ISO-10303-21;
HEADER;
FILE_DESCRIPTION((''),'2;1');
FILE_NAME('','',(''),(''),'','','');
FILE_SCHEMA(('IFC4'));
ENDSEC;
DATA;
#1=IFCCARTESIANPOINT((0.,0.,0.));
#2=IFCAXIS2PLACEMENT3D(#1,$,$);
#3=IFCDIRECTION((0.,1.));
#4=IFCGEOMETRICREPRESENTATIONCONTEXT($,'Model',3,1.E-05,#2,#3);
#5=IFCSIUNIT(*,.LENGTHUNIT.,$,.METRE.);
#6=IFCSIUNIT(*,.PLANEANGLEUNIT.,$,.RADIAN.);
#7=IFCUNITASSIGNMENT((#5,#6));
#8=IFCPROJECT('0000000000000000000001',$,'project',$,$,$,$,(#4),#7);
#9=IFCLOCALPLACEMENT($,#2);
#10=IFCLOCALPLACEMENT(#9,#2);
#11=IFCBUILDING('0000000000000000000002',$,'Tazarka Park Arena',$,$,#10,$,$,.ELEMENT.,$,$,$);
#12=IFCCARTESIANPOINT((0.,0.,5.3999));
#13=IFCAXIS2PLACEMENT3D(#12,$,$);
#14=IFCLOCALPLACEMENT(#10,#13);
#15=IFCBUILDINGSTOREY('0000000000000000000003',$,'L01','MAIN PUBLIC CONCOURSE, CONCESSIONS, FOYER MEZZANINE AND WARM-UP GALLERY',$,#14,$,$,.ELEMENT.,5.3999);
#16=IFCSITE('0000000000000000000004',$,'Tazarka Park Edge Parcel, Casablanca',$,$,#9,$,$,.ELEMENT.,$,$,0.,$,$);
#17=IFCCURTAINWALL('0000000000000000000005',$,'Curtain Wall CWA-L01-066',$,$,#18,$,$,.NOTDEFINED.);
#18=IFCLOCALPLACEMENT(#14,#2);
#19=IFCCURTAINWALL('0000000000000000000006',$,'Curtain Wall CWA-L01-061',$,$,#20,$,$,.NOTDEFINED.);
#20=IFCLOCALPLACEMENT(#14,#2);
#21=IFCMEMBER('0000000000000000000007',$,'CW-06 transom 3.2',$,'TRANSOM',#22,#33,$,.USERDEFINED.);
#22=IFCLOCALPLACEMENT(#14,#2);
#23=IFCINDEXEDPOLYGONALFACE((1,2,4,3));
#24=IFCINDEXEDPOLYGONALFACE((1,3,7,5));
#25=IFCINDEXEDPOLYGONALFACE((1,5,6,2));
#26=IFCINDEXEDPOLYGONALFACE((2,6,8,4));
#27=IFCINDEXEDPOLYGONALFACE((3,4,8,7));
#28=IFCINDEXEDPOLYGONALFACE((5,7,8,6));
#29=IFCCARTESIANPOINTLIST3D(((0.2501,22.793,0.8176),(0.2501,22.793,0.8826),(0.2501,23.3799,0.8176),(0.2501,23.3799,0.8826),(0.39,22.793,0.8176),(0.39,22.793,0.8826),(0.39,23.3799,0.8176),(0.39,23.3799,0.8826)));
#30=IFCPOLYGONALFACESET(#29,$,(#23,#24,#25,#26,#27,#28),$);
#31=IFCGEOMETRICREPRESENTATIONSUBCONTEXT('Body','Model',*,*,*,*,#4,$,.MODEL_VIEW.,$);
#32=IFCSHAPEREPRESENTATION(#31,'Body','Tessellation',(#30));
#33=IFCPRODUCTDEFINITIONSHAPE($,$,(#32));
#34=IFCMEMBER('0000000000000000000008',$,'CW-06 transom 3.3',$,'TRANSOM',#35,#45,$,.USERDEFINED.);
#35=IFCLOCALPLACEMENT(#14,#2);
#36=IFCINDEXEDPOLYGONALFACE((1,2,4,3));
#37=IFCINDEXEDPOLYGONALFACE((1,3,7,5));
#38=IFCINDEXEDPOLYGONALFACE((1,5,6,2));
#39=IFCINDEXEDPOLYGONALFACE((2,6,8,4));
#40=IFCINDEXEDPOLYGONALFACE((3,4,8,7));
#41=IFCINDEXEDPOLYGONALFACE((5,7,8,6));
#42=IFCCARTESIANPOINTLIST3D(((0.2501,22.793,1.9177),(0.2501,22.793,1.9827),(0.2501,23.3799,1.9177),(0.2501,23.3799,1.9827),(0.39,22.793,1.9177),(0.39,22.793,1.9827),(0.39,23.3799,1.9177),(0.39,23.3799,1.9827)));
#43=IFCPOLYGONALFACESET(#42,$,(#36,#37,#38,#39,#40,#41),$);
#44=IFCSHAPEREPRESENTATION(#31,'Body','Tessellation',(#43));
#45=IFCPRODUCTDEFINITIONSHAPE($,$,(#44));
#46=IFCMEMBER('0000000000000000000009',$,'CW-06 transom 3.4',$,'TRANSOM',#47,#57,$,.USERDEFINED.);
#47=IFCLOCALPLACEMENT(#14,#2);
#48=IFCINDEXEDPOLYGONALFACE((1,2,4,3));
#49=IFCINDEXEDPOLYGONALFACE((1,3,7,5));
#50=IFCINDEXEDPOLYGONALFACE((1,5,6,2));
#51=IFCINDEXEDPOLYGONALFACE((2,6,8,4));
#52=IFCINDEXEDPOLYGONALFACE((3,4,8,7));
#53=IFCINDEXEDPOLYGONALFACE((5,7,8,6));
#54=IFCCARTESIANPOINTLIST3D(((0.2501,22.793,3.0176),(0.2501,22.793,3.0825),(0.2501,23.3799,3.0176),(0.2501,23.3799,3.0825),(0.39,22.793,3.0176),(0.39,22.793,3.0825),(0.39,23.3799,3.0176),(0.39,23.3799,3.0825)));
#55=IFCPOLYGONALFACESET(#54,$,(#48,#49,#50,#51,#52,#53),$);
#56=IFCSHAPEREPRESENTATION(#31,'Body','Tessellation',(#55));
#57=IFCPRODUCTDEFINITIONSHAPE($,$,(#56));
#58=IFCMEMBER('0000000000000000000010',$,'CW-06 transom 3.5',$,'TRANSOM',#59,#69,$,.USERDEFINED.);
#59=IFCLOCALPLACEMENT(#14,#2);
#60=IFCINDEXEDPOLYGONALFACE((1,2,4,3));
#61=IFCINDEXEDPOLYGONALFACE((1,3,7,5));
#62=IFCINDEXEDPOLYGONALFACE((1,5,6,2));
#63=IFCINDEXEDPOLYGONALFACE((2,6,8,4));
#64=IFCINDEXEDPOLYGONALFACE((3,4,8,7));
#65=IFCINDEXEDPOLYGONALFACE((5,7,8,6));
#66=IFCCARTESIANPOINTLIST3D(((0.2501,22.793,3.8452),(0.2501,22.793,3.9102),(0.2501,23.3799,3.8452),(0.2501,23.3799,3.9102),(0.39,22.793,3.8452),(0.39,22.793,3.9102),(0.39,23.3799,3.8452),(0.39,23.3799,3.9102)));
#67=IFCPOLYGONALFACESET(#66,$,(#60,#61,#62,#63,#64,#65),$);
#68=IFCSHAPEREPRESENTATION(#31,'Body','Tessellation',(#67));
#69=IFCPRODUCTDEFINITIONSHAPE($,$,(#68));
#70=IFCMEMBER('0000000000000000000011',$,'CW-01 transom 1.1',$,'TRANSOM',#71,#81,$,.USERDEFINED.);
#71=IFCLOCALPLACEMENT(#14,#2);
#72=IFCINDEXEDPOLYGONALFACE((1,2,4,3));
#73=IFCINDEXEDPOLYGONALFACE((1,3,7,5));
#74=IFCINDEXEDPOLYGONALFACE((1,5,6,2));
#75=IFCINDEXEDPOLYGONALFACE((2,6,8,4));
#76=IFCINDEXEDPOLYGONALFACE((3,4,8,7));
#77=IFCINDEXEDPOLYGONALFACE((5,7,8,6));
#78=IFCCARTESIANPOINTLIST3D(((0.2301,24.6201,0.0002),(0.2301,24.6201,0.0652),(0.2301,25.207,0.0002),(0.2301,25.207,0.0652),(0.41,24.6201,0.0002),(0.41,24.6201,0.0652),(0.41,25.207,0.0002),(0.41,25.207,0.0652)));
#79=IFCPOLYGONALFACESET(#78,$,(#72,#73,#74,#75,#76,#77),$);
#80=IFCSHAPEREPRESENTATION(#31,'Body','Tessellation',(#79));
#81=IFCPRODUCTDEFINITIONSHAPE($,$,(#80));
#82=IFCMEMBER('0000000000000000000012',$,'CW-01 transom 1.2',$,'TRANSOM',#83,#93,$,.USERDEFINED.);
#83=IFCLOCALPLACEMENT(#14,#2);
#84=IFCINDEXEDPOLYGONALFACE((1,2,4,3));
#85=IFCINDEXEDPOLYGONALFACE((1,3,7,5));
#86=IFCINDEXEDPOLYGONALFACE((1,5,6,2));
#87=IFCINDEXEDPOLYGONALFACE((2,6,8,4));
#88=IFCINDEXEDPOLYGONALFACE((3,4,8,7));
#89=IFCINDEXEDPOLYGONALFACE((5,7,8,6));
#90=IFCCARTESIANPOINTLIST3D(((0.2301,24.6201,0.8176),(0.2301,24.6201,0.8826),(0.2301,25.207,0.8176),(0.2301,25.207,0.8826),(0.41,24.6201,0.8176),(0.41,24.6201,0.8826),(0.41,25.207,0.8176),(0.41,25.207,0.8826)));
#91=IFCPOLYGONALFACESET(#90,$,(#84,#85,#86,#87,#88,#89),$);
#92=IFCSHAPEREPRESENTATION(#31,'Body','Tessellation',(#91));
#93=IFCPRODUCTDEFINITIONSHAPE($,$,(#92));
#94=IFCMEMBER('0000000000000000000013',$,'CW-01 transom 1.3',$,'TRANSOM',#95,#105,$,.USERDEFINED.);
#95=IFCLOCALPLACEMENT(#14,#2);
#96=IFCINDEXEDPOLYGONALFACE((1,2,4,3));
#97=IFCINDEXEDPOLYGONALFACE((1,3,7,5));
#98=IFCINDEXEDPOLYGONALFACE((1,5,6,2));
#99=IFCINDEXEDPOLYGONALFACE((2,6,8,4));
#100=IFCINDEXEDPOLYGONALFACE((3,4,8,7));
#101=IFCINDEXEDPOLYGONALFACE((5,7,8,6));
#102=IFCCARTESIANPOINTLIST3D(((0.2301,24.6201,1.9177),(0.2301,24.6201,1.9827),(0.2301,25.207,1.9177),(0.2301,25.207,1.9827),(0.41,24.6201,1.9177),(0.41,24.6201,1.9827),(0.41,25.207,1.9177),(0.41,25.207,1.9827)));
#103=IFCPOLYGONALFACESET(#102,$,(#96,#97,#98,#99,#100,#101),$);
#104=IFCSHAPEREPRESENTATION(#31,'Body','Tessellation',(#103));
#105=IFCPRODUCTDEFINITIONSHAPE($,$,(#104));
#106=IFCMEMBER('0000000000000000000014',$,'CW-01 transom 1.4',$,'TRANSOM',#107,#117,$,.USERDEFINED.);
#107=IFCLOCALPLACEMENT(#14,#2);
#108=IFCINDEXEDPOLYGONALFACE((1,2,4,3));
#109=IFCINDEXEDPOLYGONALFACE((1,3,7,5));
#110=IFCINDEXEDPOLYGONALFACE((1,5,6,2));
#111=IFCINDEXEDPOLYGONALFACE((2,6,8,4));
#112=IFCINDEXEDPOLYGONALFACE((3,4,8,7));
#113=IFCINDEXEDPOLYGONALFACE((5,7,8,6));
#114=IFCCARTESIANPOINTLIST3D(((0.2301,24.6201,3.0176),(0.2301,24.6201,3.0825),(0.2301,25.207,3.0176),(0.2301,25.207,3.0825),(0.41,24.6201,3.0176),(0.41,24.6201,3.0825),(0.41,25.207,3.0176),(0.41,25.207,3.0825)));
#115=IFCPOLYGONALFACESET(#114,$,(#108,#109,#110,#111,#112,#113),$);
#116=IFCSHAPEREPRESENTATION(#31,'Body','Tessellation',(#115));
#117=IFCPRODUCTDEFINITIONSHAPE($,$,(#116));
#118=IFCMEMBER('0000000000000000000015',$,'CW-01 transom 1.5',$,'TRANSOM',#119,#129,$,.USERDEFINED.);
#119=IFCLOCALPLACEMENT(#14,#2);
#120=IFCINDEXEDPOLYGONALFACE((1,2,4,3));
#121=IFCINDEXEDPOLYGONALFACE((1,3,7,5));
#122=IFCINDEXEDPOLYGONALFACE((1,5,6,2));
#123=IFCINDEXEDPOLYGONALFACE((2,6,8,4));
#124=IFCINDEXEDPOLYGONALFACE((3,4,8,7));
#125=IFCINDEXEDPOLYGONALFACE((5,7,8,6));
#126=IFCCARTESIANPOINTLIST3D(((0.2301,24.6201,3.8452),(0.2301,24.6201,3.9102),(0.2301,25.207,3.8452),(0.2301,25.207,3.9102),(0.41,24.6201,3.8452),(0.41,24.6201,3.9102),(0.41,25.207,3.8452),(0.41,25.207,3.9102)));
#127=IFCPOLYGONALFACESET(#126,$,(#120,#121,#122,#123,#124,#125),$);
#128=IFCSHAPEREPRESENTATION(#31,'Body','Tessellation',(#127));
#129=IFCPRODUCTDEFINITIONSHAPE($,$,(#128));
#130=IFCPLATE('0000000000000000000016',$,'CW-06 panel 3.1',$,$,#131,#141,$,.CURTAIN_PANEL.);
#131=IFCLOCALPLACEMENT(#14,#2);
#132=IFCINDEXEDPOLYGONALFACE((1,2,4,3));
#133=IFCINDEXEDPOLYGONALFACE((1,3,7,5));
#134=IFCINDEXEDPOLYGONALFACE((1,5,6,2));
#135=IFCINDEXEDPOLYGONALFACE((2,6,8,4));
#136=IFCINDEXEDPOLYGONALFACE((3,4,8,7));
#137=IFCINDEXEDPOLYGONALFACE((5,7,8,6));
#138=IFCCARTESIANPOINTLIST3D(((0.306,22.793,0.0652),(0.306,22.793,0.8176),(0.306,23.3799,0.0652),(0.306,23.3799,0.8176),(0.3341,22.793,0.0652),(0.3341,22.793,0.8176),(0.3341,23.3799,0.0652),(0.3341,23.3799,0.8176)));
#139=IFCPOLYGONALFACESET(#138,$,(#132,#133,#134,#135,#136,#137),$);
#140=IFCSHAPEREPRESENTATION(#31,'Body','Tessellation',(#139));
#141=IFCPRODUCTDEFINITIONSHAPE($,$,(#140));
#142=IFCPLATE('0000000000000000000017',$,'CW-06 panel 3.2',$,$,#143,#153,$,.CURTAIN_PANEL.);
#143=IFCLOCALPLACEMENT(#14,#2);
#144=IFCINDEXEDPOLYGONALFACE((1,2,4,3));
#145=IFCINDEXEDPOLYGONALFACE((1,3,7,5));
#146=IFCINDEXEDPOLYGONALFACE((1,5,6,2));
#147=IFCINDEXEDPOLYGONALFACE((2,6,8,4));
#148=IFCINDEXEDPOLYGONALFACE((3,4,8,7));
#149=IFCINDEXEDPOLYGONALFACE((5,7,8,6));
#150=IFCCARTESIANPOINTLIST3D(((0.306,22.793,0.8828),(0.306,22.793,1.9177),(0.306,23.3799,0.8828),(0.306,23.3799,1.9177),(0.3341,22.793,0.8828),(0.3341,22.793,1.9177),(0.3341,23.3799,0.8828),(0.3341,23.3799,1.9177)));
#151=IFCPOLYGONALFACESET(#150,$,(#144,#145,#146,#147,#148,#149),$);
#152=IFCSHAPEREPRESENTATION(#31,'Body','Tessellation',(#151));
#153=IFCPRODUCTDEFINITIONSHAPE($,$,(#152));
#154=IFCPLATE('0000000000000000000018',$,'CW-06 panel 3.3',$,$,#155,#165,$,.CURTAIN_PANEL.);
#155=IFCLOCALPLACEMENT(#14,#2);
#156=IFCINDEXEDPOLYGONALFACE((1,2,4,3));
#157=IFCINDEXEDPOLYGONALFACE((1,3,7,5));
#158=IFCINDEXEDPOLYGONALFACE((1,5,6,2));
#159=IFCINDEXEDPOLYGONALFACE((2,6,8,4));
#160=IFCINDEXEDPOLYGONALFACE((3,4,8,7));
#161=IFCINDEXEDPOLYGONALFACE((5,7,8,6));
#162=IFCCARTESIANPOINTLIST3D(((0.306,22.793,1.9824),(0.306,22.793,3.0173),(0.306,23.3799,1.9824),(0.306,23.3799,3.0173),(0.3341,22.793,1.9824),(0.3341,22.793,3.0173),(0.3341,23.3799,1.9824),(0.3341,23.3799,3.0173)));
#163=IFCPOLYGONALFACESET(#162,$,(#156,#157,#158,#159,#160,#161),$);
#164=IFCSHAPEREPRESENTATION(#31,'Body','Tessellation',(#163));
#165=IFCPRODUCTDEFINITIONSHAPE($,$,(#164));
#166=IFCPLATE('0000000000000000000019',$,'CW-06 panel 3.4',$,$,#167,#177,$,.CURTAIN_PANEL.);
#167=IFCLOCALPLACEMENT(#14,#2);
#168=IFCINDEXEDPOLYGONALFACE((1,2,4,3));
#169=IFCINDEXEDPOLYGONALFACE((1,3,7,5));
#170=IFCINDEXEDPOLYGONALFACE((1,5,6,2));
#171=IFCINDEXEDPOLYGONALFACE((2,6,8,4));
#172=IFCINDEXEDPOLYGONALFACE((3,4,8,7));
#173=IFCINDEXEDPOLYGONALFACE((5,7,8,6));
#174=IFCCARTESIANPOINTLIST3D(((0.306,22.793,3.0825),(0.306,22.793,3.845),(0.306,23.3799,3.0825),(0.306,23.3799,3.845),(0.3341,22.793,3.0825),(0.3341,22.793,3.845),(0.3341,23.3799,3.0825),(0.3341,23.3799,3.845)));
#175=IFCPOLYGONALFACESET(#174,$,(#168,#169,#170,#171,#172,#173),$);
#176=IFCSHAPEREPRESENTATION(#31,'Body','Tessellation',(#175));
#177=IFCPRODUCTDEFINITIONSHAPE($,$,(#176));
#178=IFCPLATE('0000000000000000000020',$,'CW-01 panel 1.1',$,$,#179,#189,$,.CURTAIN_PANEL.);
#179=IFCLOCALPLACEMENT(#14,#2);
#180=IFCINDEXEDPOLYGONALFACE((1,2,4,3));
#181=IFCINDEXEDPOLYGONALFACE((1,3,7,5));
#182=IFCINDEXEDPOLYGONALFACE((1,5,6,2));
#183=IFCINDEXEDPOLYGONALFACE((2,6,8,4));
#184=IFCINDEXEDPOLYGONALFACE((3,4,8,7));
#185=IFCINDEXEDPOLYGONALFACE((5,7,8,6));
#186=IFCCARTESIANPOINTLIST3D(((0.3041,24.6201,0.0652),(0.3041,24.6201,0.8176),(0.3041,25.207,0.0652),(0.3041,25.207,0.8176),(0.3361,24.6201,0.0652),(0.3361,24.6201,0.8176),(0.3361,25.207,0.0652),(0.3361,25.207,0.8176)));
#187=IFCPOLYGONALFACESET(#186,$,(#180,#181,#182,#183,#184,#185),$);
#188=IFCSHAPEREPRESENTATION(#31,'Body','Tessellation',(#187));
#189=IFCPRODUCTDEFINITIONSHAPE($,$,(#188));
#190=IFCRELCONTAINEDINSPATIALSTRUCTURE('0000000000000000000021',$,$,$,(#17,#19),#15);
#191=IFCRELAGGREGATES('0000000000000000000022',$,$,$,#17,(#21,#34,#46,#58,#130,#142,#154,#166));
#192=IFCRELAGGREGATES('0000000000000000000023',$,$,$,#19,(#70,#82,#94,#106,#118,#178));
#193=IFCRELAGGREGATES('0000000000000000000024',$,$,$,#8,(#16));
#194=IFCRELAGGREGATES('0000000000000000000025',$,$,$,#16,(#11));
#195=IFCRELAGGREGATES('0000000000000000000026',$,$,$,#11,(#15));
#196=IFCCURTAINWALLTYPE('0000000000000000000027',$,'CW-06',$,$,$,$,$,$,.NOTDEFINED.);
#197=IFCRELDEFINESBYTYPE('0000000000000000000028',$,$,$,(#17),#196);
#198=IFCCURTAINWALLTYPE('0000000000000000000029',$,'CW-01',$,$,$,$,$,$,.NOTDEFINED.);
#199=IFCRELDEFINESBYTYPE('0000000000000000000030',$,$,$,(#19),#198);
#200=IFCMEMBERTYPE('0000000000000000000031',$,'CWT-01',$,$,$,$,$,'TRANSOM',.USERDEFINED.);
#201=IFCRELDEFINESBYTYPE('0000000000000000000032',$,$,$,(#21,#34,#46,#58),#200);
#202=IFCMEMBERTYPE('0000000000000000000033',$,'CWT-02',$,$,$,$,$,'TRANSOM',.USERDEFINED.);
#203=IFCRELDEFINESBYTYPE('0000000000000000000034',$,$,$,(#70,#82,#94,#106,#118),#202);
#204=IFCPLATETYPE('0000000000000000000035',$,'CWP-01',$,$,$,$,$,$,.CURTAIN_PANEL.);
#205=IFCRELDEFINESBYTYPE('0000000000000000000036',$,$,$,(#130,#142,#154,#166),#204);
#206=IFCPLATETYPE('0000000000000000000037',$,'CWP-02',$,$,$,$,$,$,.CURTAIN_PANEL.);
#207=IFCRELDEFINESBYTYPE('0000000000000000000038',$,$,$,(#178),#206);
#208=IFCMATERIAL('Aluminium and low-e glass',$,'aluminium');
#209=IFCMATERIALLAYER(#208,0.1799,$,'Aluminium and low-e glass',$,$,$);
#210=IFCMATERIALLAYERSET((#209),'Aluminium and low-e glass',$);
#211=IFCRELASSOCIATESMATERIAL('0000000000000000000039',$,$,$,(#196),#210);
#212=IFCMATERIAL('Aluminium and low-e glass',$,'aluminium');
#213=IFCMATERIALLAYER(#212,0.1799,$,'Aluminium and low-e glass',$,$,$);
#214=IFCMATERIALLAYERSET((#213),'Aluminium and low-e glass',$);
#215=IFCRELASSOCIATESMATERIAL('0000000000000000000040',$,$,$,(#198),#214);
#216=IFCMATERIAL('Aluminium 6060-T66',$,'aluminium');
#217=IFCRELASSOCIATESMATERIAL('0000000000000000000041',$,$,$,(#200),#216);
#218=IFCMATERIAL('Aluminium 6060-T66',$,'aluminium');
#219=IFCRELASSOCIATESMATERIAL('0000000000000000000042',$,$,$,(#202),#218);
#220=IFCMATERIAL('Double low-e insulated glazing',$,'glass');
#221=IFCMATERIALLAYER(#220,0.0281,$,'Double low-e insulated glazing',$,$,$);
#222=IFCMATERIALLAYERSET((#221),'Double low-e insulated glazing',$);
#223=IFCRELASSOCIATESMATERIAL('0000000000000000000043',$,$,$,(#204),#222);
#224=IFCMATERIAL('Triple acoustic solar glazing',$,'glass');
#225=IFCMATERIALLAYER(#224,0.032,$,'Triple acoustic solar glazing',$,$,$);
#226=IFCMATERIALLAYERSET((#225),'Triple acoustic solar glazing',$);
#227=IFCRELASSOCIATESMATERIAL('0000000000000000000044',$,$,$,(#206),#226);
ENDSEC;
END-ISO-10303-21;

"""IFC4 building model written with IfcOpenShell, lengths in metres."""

from ifc_helpers import new_model, si_unit, direction, frame, origin, origin_2d, place, context, subcontext, project, spatial, rectangle, extrude, material, layer, layer_set, material_profile, profile_set, type_object, element, aggregate, save


model = new_model("IFC4")

# Units and contexts
model_context = context("Model", 3, precision=1e-05, world=origin(), true_north=direction((0.0, 1.0)))
body_context = subcontext(model_context, "Body", "Model", "MODEL_VIEW")
ifc_project = project(units=[si_unit("LENGTHUNIT", "METRE"), si_unit("PLANEANGLEUNIT", "RADIAN")], contexts=[model_context])

# Site, building, storey
site_placement = place(None, origin())
site = spatial("IfcSite", under=ifc_project, at=site_placement, Name="Tazarka Park Edge Parcel, Casablanca", CompositionType="ELEMENT", RefElevation=0.0)
building_placement = place(site_placement, origin())
building = spatial("IfcBuilding", under=site, at=building_placement, Name="Tazarka Park Arena", CompositionType="ELEMENT")
storey_placement = place(building_placement, frame((0.0, 0.0, 5.3999)))
storey = spatial("IfcBuildingStorey", under=building, at=storey_placement, Name="L01", Description="MAIN PUBLIC CONCOURSE, CONCESSIONS, FOYER MEZZANINE AND WARM-UP GALLERY", CompositionType="ELEMENT", Elevation=5.3999)

# Curtain walls
ifc_material_1 = material(Name="Aluminium and low-e glass", Category="aluminium")
ifc_layer_1 = layer(ifc_material_1, 0.1799, Name="Aluminium and low-e glass")
ifc_layer_set_1 = layer_set([ifc_layer_1], Name="Aluminium and low-e glass")
curtain_wall_type_1 = type_object("IfcCurtainWallType", Name="CW-06", PredefinedType="NOTDEFINED", material=ifc_layer_set_1)
curtain_wall_1_placement = place(storey_placement, origin())
curtain_wall_1 = element("IfcCurtainWall", 1, at=curtain_wall_1_placement, inside=storey, type_object=curtain_wall_type_1, Name="Curtain Wall CWA-L01-066", PredefinedType="NOTDEFINED")
ifc_material_2 = material(Name="Aluminium and low-e glass", Category="aluminium")
ifc_layer_2 = layer(ifc_material_2, 0.1799, Name="Aluminium and low-e glass")
ifc_layer_set_2 = layer_set([ifc_layer_2], Name="Aluminium and low-e glass")
curtain_wall_type_2 = type_object("IfcCurtainWallType", Name="CW-01", PredefinedType="NOTDEFINED", material=ifc_layer_set_2)
curtain_wall_2_placement = place(storey_placement, origin())
curtain_wall_2 = element("IfcCurtainWall", 2, at=curtain_wall_2_placement, inside=storey, type_object=curtain_wall_type_2, Name="Curtain Wall CWA-L01-061", PredefinedType="NOTDEFINED")

# Members
ifc_material_3 = material(Name="Aluminium 6060-T66", Category="aluminium")
ifc_material_profile_1 = material_profile(ifc_material_3, rectangle(XDim=0.1399, YDim=0.0649, at=origin_2d()), Name="Aluminium 6060-T66")
ifc_profile_set_1 = profile_set([ifc_material_profile_1], Name="Aluminium 6060-T66")
member_type_1 = type_object("IfcMemberType", Name="CWT-01", ElementType="TRANSOM", PredefinedType="USERDEFINED", material=ifc_profile_set_1)
member_1_placement = place(storey_placement, frame((0.3201, 22.793, 0.8501), z_axis=(0.0, 1.0, 0.0), x_axis=(-1.0, 0.0, 0.0)))
member_1 = element("IfcMember", 3, at=member_1_placement, type_object=member_type_1, Name="CW-06 transom 3.2", ObjectType="TRANSOM", PredefinedType="USERDEFINED", context=body_context, shape_type="SweptSolid", body=[
    extrude(rectangle(XDim=0.1399, YDim=0.0649, at=origin_2d()), origin(), (0.0, 0.0, 1.0), 0.5869),
])
member_2_placement = place(storey_placement, frame((0.3201, 22.793, 1.9502), z_axis=(0.0, 1.0, 0.0), x_axis=(-1.0, 0.0, 0.0)))
member_2 = element("IfcMember", 4, at=member_2_placement, type_object=member_type_1, Name="CW-06 transom 3.3", ObjectType="TRANSOM", PredefinedType="USERDEFINED", context=body_context, shape_type="SweptSolid", body=[
    extrude(rectangle(XDim=0.1399, YDim=0.0649, at=origin_2d()), origin(), (0.0, 0.0, 1.0), 0.5869),
])
member_3_placement = place(storey_placement, frame((0.3201, 22.793, 3.05), z_axis=(0.0, 1.0, 0.0), x_axis=(-1.0, 0.0, 0.0)))
member_3 = element("IfcMember", 5, at=member_3_placement, type_object=member_type_1, Name="CW-06 transom 3.4", ObjectType="TRANSOM", PredefinedType="USERDEFINED", context=body_context, shape_type="SweptSolid", body=[
    extrude(rectangle(XDim=0.1399, YDim=0.0649, at=origin_2d()), origin(), (0.0, 0.0, 1.0), 0.5869),
])
member_4_placement = place(storey_placement, frame((0.3201, 22.793, 3.8777), z_axis=(0.0, 1.0, 0.0), x_axis=(-1.0, 0.0, 0.0)))
member_4 = element("IfcMember", 6, at=member_4_placement, type_object=member_type_1, Name="CW-06 transom 3.5", ObjectType="TRANSOM", PredefinedType="USERDEFINED", context=body_context, shape_type="SweptSolid", body=[
    extrude(rectangle(XDim=0.1399, YDim=0.0649, at=origin_2d()), origin(), (0.0, 0.0, 1.0), 0.5869),
])
ifc_material_4 = material(Name="Aluminium 6060-T66", Category="aluminium")
ifc_material_profile_2 = material_profile(ifc_material_4, rectangle(XDim=0.1799, YDim=0.0649, at=origin_2d()), Name="Aluminium 6060-T66")
ifc_profile_set_2 = profile_set([ifc_material_profile_2], Name="Aluminium 6060-T66")
member_type_2 = type_object("IfcMemberType", Name="CWT-02", ElementType="TRANSOM", PredefinedType="USERDEFINED", material=ifc_profile_set_2)
member_5_placement = place(storey_placement, frame((0.3201, 24.6201, 0.0327), z_axis=(0.0, 1.0, 0.0), x_axis=(-1.0, 0.0, 0.0)))
member_5 = element("IfcMember", 7, at=member_5_placement, type_object=member_type_2, Name="CW-01 transom 1.1", ObjectType="TRANSOM", PredefinedType="USERDEFINED", context=body_context, shape_type="SweptSolid", body=[
    extrude(rectangle(XDim=0.1799, YDim=0.0649, at=origin_2d()), origin(), (0.0, 0.0, 1.0), 0.5869),
])
member_6_placement = place(storey_placement, frame((0.3201, 24.6201, 0.8501), z_axis=(0.0, 1.0, 0.0), x_axis=(-1.0, 0.0, 0.0)))
member_6 = element("IfcMember", 8, at=member_6_placement, type_object=member_type_2, Name="CW-01 transom 1.2", ObjectType="TRANSOM", PredefinedType="USERDEFINED", context=body_context, shape_type="SweptSolid", body=[
    extrude(rectangle(XDim=0.1799, YDim=0.0649, at=origin_2d()), origin(), (0.0, 0.0, 1.0), 0.5869),
])
member_7_placement = place(storey_placement, frame((0.3201, 24.6201, 1.9502), z_axis=(0.0, 1.0, 0.0), x_axis=(-1.0, 0.0, 0.0)))
member_7 = element("IfcMember", 9, at=member_7_placement, type_object=member_type_2, Name="CW-01 transom 1.3", ObjectType="TRANSOM", PredefinedType="USERDEFINED", context=body_context, shape_type="SweptSolid", body=[
    extrude(rectangle(XDim=0.1799, YDim=0.0649, at=origin_2d()), origin(), (0.0, 0.0, 1.0), 0.5869),
])
member_8_placement = place(storey_placement, frame((0.3201, 24.6201, 3.05), z_axis=(0.0, 1.0, 0.0), x_axis=(-1.0, 0.0, 0.0)))
member_8 = element("IfcMember", 10, at=member_8_placement, type_object=member_type_2, Name="CW-01 transom 1.4", ObjectType="TRANSOM", PredefinedType="USERDEFINED", context=body_context, shape_type="SweptSolid", body=[
    extrude(rectangle(XDim=0.1799, YDim=0.0649, at=origin_2d()), origin(), (0.0, 0.0, 1.0), 0.5869),
])
member_9_placement = place(storey_placement, frame((0.3201, 24.6201, 3.8777), z_axis=(0.0, 1.0, 0.0), x_axis=(-1.0, 0.0, 0.0)))
member_9 = element("IfcMember", 11, at=member_9_placement, type_object=member_type_2, Name="CW-01 transom 1.5", ObjectType="TRANSOM", PredefinedType="USERDEFINED", context=body_context, shape_type="SweptSolid", body=[
    extrude(rectangle(XDim=0.1799, YDim=0.0649, at=origin_2d()), origin(), (0.0, 0.0, 1.0), 0.5869),
])

# Plates
ifc_material_5 = material(Name="Double low-e insulated glazing", Category="glass")
ifc_layer_3 = layer(ifc_material_5, 0.0281, Name="Double low-e insulated glazing")
ifc_layer_set_3 = layer_set([ifc_layer_3], Name="Double low-e insulated glazing")
plate_type_1 = type_object("IfcPlateType", Name="CWP-01", PredefinedType="CURTAIN_PANEL", material=ifc_layer_set_3)
plate_1_placement = place(storey_placement, frame((0.3201, 23.0864, 0.0652), z_axis=(0.0, 0.0, 1.0), x_axis=(0.0, 1.0, 0.0)))
plate_1 = element("IfcPlate", 12, at=plate_1_placement, type_object=plate_type_1, Name="CW-06 panel 3.1", PredefinedType="CURTAIN_PANEL", context=body_context, shape_type="SweptSolid", body=[
    extrude(rectangle(XDim=0.5869, YDim=0.0281, at=origin_2d()), origin(), (0.0, 0.0, 1.0), 0.7524),
])
plate_2_placement = place(storey_placement, frame((0.3201, 23.0864, 0.8828), z_axis=(0.0, 0.0, 1.0), x_axis=(0.0, 1.0, 0.0)))
plate_2 = element("IfcPlate", 13, at=plate_2_placement, type_object=plate_type_1, Name="CW-06 panel 3.2", PredefinedType="CURTAIN_PANEL", context=body_context, shape_type="SweptSolid", body=[
    extrude(rectangle(XDim=0.5869, YDim=0.0281, at=origin_2d()), origin(), (0.0, 0.0, 1.0), 1.0349),
])
plate_3_placement = place(storey_placement, frame((0.3201, 23.0864, 1.9824), z_axis=(0.0, 0.0, 1.0), x_axis=(0.0, 1.0, 0.0)))
plate_3 = element("IfcPlate", 14, at=plate_3_placement, type_object=plate_type_1, Name="CW-06 panel 3.3", PredefinedType="CURTAIN_PANEL", context=body_context, shape_type="SweptSolid", body=[
    extrude(rectangle(XDim=0.5869, YDim=0.0281, at=origin_2d()), origin(), (0.0, 0.0, 1.0), 1.0349),
])
plate_4_placement = place(storey_placement, frame((0.3201, 23.0864, 3.0825), z_axis=(0.0, 0.0, 1.0), x_axis=(0.0, 1.0, 0.0)))
plate_4 = element("IfcPlate", 15, at=plate_4_placement, type_object=plate_type_1, Name="CW-06 panel 3.4", PredefinedType="CURTAIN_PANEL", context=body_context, shape_type="SweptSolid", body=[
    extrude(rectangle(XDim=0.5869, YDim=0.0281, at=origin_2d()), origin(), (0.0, 0.0, 1.0), 0.7625),
])
aggregate(curtain_wall_1, [member_1, member_2, member_3, member_4, plate_1, plate_2, plate_3, plate_4])
ifc_material_6 = material(Name="Triple acoustic solar glazing", Category="glass")
ifc_layer_4 = layer(ifc_material_6, 0.032, Name="Triple acoustic solar glazing")
ifc_layer_set_4 = layer_set([ifc_layer_4], Name="Triple acoustic solar glazing")
plate_type_2 = type_object("IfcPlateType", Name="CWP-02", PredefinedType="CURTAIN_PANEL", material=ifc_layer_set_4)
plate_5_placement = place(storey_placement, frame((0.3201, 24.9136, 0.0652), z_axis=(0.0, 0.0, 1.0), x_axis=(0.0, 1.0, 0.0)))
plate_5 = element("IfcPlate", 16, at=plate_5_placement, type_object=plate_type_2, Name="CW-01 panel 1.1", PredefinedType="CURTAIN_PANEL", context=body_context, shape_type="SweptSolid", body=[
    extrude(rectangle(XDim=0.5869, YDim=0.032, at=origin_2d()), origin(), (0.0, 0.0, 1.0), 0.7524),
])
aggregate(curtain_wall_2, [member_5, member_6, member_7, member_8, member_9, plate_5])

save(model, "model.ifc")
